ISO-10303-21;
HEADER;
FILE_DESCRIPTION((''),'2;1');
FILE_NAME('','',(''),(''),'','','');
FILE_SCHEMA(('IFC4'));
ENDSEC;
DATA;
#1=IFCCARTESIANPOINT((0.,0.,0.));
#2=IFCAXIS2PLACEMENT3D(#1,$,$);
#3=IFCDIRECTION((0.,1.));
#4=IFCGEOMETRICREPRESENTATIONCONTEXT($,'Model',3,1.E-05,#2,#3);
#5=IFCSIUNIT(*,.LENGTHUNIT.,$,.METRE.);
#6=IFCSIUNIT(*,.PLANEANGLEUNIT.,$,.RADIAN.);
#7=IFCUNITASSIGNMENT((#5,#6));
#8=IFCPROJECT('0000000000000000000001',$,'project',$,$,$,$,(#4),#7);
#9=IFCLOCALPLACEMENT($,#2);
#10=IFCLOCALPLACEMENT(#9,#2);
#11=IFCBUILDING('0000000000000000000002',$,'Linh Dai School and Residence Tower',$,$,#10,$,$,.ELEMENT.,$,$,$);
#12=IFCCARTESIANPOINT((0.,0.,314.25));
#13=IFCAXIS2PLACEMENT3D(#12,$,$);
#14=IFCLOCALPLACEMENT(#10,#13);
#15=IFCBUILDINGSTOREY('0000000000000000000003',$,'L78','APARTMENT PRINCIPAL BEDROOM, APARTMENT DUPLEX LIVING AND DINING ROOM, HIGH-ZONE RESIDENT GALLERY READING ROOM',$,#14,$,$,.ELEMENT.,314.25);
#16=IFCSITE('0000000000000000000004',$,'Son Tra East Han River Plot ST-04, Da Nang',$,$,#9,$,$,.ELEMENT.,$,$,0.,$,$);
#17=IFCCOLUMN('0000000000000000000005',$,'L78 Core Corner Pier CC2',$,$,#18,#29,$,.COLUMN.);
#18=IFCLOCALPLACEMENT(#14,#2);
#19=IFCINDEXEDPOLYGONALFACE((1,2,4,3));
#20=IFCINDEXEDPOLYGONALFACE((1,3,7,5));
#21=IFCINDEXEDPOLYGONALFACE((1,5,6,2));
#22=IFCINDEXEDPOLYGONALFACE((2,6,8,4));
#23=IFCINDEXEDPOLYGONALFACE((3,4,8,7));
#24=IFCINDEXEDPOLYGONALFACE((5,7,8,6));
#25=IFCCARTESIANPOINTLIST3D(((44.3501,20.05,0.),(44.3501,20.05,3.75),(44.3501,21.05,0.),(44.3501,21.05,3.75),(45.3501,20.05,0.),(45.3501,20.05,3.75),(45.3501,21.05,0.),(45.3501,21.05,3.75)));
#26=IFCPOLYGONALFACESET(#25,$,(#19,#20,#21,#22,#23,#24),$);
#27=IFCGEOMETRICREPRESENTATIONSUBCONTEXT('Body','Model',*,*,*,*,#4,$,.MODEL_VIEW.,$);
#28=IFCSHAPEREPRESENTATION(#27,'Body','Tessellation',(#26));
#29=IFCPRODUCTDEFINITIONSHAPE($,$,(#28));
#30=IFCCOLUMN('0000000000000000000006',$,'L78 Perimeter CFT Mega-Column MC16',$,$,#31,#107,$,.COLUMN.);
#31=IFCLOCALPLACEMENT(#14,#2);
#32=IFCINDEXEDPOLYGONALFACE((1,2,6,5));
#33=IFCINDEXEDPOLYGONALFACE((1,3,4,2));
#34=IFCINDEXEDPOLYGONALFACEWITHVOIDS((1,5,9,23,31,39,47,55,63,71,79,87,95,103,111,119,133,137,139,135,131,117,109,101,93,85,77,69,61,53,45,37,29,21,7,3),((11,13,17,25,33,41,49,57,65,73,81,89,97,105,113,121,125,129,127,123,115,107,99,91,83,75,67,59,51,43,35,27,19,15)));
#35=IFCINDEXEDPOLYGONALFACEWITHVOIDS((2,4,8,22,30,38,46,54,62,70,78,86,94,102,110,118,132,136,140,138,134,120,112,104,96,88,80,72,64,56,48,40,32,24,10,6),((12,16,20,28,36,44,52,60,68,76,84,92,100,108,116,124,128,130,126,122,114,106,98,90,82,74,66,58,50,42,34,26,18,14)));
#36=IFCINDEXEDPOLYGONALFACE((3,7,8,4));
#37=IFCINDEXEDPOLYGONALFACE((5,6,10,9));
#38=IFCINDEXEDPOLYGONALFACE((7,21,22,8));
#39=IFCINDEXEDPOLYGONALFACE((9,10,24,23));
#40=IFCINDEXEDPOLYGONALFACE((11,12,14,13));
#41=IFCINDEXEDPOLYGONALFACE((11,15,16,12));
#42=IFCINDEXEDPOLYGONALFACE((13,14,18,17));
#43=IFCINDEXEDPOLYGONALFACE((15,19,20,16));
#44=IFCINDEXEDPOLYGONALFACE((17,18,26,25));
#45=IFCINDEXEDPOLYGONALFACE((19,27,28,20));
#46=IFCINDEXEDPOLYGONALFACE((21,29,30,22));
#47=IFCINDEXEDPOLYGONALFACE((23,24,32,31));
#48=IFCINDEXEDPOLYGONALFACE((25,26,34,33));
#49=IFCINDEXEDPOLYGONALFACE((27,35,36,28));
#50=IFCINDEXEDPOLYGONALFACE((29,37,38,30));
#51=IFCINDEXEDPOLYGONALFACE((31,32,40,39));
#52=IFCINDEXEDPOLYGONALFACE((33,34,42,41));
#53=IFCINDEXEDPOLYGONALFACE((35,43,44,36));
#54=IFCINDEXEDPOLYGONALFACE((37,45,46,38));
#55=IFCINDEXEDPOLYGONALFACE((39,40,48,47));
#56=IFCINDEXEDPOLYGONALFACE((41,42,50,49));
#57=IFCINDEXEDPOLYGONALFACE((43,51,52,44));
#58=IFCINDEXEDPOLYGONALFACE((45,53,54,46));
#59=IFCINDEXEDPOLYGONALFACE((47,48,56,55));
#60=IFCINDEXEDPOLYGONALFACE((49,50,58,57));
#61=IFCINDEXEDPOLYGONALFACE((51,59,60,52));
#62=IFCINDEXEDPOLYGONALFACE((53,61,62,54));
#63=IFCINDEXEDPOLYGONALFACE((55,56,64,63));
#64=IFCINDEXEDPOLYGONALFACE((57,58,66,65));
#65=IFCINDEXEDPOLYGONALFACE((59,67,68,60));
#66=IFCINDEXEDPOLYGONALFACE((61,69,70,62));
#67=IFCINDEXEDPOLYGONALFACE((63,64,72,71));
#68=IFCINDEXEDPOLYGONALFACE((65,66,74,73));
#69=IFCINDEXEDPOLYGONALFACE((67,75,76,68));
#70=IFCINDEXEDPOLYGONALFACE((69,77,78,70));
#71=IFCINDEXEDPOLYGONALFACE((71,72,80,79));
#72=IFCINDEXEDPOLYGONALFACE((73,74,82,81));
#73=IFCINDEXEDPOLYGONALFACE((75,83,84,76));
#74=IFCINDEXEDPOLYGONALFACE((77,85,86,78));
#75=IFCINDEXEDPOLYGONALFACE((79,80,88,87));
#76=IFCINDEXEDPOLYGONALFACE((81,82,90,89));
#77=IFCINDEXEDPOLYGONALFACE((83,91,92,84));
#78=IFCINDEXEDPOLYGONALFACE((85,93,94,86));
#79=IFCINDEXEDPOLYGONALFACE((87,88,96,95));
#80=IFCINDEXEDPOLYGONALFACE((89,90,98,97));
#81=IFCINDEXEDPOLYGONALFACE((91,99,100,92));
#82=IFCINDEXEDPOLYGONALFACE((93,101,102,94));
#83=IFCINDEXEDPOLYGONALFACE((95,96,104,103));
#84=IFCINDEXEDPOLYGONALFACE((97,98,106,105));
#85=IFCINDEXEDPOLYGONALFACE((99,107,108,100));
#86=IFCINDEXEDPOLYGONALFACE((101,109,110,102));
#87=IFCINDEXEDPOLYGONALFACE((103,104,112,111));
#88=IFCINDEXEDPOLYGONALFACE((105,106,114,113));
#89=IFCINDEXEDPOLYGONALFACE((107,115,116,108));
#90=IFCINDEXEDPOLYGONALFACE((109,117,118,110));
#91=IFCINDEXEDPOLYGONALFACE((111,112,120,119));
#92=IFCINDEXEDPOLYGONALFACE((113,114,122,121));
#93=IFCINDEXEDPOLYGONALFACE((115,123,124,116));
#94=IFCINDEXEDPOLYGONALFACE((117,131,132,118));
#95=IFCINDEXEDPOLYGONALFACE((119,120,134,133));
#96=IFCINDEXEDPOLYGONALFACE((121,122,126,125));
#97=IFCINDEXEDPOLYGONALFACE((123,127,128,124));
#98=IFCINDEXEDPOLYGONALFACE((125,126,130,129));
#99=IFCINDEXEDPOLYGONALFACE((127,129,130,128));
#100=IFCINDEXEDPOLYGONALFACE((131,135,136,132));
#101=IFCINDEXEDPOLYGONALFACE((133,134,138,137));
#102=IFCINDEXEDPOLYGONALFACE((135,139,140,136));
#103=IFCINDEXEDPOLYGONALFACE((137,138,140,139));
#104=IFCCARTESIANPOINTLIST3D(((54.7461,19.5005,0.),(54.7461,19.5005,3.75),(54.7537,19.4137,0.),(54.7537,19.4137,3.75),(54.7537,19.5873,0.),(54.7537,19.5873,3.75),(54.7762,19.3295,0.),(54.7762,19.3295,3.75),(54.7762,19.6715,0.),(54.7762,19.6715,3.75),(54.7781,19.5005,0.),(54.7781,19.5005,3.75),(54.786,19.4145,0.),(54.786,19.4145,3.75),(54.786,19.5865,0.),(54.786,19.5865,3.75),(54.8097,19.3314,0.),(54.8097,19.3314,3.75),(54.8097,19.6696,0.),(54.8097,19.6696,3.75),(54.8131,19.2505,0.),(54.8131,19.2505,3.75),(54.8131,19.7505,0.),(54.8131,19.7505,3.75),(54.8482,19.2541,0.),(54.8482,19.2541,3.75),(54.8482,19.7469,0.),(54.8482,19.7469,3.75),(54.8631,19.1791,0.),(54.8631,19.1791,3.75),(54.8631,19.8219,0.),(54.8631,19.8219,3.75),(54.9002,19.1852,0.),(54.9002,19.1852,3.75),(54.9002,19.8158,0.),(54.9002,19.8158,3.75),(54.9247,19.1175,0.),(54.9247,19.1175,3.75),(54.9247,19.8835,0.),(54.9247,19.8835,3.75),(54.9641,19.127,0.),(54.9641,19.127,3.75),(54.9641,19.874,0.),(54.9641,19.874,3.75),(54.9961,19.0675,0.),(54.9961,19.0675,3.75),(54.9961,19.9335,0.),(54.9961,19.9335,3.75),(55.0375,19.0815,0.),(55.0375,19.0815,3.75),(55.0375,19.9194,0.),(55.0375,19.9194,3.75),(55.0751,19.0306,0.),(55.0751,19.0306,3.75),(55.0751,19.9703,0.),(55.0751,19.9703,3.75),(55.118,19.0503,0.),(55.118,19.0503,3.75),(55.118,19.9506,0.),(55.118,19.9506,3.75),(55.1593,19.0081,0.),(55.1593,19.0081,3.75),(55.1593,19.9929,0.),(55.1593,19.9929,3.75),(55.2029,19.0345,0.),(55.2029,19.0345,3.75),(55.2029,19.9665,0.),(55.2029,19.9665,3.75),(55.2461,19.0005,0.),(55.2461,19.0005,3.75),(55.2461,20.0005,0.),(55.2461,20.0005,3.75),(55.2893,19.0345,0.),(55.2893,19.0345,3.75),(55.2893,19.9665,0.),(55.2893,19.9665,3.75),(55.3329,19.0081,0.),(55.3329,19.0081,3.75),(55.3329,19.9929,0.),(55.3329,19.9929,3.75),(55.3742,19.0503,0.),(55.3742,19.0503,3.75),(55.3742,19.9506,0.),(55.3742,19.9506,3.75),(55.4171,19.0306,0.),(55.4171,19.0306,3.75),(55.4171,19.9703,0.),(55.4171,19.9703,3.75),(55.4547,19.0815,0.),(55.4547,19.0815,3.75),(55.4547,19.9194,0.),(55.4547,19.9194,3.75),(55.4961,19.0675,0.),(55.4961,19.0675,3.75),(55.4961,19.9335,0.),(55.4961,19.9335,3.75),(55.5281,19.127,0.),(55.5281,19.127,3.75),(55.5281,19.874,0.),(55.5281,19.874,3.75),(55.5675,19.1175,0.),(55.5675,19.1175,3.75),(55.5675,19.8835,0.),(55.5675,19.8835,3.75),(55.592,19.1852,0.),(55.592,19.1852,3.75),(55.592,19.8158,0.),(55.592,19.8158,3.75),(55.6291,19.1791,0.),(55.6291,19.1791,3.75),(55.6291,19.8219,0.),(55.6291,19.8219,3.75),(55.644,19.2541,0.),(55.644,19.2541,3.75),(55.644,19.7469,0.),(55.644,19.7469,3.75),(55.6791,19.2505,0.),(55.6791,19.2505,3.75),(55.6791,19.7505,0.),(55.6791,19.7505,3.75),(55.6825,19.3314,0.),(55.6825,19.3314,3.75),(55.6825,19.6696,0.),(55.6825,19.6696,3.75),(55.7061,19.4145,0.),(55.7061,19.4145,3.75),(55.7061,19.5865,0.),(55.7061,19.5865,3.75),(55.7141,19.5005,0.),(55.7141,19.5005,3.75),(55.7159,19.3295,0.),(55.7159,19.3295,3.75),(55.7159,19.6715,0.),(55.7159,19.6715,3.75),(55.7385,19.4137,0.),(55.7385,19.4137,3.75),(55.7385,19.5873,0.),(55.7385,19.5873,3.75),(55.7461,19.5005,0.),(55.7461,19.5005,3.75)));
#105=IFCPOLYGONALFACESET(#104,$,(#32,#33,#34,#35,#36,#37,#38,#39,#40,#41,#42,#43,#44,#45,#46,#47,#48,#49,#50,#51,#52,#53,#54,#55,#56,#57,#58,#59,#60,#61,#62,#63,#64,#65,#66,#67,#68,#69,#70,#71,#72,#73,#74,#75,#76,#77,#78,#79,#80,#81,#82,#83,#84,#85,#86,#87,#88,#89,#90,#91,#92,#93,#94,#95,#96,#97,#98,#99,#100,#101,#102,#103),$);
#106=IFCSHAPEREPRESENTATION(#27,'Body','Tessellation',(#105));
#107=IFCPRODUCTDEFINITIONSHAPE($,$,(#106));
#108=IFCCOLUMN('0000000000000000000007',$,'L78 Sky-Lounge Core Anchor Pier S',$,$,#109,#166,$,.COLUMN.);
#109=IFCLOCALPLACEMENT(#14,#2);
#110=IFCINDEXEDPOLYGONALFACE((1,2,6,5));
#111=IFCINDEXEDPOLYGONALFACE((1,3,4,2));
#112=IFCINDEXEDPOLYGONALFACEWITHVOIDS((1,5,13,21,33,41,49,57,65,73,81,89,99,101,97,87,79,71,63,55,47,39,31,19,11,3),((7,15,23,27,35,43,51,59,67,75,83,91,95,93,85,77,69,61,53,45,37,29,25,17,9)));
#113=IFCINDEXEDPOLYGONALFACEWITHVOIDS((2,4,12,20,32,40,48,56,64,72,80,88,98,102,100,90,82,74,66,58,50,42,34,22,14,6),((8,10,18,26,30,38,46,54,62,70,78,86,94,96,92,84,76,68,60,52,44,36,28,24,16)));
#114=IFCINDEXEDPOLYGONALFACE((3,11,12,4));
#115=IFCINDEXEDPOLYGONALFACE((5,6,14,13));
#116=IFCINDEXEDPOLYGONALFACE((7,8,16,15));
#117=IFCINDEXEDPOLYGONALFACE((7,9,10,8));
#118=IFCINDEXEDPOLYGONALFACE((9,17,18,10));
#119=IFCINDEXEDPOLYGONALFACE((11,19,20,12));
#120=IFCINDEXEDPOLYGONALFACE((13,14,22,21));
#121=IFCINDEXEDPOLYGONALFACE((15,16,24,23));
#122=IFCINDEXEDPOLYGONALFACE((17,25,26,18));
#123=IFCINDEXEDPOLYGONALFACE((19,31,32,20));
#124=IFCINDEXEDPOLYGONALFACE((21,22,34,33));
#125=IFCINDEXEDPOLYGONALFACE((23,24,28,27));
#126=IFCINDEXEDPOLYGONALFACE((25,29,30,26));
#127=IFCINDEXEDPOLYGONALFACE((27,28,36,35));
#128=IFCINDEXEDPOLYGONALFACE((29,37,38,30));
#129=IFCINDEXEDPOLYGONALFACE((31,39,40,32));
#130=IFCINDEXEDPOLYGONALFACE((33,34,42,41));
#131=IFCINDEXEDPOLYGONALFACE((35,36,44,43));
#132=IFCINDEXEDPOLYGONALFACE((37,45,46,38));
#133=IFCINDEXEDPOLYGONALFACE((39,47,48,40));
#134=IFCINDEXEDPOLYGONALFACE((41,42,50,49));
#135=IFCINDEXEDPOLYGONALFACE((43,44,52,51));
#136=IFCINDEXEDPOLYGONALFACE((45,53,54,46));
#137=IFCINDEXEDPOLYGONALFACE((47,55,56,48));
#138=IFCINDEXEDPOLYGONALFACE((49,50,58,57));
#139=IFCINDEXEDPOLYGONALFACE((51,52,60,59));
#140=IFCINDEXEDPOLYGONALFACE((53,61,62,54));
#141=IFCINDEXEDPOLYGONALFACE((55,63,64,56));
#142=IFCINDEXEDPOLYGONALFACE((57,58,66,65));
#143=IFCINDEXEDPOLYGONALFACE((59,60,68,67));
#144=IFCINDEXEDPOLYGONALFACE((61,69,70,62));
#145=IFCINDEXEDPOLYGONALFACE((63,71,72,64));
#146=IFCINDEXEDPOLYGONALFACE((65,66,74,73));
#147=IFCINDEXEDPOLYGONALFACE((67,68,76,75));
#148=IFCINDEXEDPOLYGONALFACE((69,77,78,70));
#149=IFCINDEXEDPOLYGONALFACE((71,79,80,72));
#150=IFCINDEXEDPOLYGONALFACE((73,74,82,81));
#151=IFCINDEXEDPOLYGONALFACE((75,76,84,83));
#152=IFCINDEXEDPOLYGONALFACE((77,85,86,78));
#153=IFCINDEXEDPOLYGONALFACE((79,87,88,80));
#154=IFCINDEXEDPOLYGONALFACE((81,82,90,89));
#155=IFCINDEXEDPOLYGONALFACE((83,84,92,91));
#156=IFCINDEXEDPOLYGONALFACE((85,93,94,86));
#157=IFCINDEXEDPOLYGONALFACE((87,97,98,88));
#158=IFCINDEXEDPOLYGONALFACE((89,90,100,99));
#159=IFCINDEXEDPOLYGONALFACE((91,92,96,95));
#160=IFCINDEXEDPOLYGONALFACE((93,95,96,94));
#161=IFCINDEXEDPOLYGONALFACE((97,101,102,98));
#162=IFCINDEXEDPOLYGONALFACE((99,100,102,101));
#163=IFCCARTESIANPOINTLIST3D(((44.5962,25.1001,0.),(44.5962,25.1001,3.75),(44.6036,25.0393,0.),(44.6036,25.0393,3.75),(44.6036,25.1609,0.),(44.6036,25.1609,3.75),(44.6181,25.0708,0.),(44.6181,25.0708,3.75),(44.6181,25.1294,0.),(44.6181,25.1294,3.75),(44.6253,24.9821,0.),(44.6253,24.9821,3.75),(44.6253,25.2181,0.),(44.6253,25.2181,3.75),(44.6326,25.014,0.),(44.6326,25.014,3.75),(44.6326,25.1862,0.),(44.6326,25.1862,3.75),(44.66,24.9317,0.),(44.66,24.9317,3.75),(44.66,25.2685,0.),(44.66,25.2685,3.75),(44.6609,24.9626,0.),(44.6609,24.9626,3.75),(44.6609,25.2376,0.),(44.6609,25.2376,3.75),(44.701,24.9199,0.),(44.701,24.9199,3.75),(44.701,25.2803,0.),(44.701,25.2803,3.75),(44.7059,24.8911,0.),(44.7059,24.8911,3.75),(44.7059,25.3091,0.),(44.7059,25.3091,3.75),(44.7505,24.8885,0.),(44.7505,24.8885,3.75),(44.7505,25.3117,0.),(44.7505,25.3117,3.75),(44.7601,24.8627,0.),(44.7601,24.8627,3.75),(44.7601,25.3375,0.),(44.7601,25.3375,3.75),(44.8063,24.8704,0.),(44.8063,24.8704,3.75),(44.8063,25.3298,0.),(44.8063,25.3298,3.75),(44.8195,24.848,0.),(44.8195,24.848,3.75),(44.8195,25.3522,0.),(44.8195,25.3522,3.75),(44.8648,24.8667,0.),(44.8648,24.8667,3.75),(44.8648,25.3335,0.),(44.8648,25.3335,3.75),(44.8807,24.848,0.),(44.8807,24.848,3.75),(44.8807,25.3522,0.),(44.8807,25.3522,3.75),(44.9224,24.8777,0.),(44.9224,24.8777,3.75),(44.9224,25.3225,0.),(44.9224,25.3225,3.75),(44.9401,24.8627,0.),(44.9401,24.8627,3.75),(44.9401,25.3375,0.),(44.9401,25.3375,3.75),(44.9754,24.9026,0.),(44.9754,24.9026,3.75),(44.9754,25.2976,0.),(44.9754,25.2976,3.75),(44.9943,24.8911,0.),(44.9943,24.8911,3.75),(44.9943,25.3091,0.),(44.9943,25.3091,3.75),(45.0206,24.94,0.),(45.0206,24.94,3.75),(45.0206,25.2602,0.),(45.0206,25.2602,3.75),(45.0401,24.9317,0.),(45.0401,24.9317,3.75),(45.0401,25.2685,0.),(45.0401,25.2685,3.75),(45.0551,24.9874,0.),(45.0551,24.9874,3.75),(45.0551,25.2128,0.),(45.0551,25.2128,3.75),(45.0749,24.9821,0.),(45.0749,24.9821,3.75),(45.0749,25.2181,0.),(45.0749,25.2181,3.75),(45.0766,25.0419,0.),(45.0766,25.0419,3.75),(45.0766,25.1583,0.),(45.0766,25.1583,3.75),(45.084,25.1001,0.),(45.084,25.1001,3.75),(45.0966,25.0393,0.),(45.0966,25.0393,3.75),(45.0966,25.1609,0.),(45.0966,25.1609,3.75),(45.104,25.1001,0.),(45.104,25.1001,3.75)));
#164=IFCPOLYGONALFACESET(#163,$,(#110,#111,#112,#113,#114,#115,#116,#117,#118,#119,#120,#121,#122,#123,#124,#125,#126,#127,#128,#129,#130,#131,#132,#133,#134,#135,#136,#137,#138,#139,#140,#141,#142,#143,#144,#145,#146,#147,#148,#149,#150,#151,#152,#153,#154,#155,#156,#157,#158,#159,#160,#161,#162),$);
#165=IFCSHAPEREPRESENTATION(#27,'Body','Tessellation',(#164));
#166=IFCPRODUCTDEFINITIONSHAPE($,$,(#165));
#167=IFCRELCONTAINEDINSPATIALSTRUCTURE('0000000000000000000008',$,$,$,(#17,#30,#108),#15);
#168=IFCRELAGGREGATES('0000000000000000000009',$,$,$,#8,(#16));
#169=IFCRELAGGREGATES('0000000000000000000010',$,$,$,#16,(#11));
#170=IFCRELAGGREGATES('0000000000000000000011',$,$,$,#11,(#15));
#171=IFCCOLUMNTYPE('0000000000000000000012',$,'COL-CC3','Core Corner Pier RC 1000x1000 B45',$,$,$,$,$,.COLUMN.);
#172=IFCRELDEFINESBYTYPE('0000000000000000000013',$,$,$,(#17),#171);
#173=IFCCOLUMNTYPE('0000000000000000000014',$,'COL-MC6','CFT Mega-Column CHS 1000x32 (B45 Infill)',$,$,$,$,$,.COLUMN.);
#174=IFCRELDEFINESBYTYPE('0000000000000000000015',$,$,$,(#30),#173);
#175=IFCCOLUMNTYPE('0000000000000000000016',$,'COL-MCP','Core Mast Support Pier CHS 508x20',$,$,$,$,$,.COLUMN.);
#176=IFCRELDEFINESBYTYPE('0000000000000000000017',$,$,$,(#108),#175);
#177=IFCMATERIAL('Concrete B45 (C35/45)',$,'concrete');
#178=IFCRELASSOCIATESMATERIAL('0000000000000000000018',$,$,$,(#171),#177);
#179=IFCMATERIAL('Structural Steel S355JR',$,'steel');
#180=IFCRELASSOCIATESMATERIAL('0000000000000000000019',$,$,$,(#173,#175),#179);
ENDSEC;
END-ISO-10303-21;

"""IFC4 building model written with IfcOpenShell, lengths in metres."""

from ifc_helpers import new_model, si_unit, direction, frame, origin, origin_2d, place, context, subcontext, project, spatial, rectangle, hollow_circle, extrude, material, material_profile, profile_set, type_object, element, save


model = new_model("IFC4")

# Units and contexts
model_context = context("Model", 3, precision=1e-05, world=origin(), true_north=direction((0.0, 1.0)))
body_context = subcontext(model_context, "Body", "Model", "MODEL_VIEW")
ifc_project = project(units=[si_unit("LENGTHUNIT", "METRE"), si_unit("PLANEANGLEUNIT", "RADIAN")], contexts=[model_context])

# Site, building, storey
site_placement = place(None, origin())
site = spatial("IfcSite", under=ifc_project, at=site_placement, Name="Son Tra East Han River Plot ST-04, Da Nang", CompositionType="ELEMENT", RefElevation=0.0)
building_placement = place(site_placement, origin())
building = spatial("IfcBuilding", under=site, at=building_placement, Name="Linh Dai School and Residence Tower", CompositionType="ELEMENT")
storey_placement = place(building_placement, frame((0.0, 0.0, 314.25)))
storey = spatial("IfcBuildingStorey", under=building, at=storey_placement, Name="L78", Description="APARTMENT PRINCIPAL BEDROOM, APARTMENT DUPLEX LIVING AND DINING ROOM, HIGH-ZONE RESIDENT GALLERY READING ROOM", CompositionType="ELEMENT", Elevation=314.25)

# Columns
ifc_material_1 = material(Name="Concrete B45 (C35/45)", Category="concrete")
ifc_material_profile_1 = material_profile(ifc_material_1, rectangle(XDim=1.0, YDim=1.0, at=origin_2d()), Name="RC 1000x1000")
ifc_profile_set_1 = profile_set([ifc_material_profile_1], Name="Concrete B45 (C35/45)")
column_type_1 = type_object("IfcColumnType", Name="COL-CC3", Description="Core Corner Pier RC 1000x1000 B45", PredefinedType="COLUMN", material=ifc_profile_set_1)
column_1_placement = place(storey_placement, frame((44.8501, 20.55, 0.0), z_axis=(0.0, 0.0, 1.0), x_axis=(1.0, 0.0, 0.0)))
element("IfcColumn", 1, at=column_1_placement, inside=storey, type_object=column_type_1, Name="L78 Core Corner Pier CC2", PredefinedType="COLUMN", context=body_context, shape_type="SweptSolid", body=[
    extrude(rectangle(XDim=1.0, YDim=1.0, at=origin_2d()), origin(), (0.0, 0.0, 1.0), 3.75),
])
ifc_material_2 = material(Name="Structural Steel S355JR", Category="steel")
ifc_material_profile_2 = material_profile(ifc_material_2, hollow_circle(Radius=0.5, WallThickness=0.032, at=origin_2d()), Name="CHS 1000x32")
ifc_profile_set_2 = profile_set([ifc_material_profile_2], Name="Structural Steel S355JR")
column_type_2 = type_object("IfcColumnType", Name="COL-MC6", Description="CFT Mega-Column CHS 1000x32 (B45 Infill)", PredefinedType="COLUMN", material=ifc_profile_set_2)
column_2_placement = place(storey_placement, frame((55.2461, 19.5005, 0.0), z_axis=(0.0, 0.0, 1.0), x_axis=(1.0, 0.0, 0.0)))
element("IfcColumn", 2, at=column_2_placement, inside=storey, type_object=column_type_2, Name="L78 Perimeter CFT Mega-Column MC16", PredefinedType="COLUMN", context=body_context, shape_type="SweptSolid", body=[
    extrude(hollow_circle(Radius=0.5, WallThickness=0.032, at=origin_2d()), origin(), (0.0, 0.0, 1.0), 3.75),
])
ifc_material_profile_3 = material_profile(ifc_material_2, hollow_circle(Radius=0.2539, WallThickness=0.02, at=origin_2d()), Name="CHS 508x20")
ifc_profile_set_3 = profile_set([ifc_material_profile_3], Name="Structural Steel S355JR")
column_type_3 = type_object("IfcColumnType", Name="COL-MCP", Description="Core Mast Support Pier CHS 508x20", PredefinedType="COLUMN", material=ifc_profile_set_3)
column_3_placement = place(storey_placement, frame((44.8501, 25.1001, 0.0), z_axis=(0.0, 0.0, 1.0), x_axis=(1.0, 0.0, 0.0)))
element("IfcColumn", 3, at=column_3_placement, inside=storey, type_object=column_type_3, Name="L78 Sky-Lounge Core Anchor Pier S", PredefinedType="COLUMN", context=body_context, shape_type="SweptSolid", body=[
    extrude(hollow_circle(Radius=0.2539, WallThickness=0.02, at=origin_2d()), origin(), (0.0, 0.0, 1.0), 3.75),
])

save(model, "model.ifc")
